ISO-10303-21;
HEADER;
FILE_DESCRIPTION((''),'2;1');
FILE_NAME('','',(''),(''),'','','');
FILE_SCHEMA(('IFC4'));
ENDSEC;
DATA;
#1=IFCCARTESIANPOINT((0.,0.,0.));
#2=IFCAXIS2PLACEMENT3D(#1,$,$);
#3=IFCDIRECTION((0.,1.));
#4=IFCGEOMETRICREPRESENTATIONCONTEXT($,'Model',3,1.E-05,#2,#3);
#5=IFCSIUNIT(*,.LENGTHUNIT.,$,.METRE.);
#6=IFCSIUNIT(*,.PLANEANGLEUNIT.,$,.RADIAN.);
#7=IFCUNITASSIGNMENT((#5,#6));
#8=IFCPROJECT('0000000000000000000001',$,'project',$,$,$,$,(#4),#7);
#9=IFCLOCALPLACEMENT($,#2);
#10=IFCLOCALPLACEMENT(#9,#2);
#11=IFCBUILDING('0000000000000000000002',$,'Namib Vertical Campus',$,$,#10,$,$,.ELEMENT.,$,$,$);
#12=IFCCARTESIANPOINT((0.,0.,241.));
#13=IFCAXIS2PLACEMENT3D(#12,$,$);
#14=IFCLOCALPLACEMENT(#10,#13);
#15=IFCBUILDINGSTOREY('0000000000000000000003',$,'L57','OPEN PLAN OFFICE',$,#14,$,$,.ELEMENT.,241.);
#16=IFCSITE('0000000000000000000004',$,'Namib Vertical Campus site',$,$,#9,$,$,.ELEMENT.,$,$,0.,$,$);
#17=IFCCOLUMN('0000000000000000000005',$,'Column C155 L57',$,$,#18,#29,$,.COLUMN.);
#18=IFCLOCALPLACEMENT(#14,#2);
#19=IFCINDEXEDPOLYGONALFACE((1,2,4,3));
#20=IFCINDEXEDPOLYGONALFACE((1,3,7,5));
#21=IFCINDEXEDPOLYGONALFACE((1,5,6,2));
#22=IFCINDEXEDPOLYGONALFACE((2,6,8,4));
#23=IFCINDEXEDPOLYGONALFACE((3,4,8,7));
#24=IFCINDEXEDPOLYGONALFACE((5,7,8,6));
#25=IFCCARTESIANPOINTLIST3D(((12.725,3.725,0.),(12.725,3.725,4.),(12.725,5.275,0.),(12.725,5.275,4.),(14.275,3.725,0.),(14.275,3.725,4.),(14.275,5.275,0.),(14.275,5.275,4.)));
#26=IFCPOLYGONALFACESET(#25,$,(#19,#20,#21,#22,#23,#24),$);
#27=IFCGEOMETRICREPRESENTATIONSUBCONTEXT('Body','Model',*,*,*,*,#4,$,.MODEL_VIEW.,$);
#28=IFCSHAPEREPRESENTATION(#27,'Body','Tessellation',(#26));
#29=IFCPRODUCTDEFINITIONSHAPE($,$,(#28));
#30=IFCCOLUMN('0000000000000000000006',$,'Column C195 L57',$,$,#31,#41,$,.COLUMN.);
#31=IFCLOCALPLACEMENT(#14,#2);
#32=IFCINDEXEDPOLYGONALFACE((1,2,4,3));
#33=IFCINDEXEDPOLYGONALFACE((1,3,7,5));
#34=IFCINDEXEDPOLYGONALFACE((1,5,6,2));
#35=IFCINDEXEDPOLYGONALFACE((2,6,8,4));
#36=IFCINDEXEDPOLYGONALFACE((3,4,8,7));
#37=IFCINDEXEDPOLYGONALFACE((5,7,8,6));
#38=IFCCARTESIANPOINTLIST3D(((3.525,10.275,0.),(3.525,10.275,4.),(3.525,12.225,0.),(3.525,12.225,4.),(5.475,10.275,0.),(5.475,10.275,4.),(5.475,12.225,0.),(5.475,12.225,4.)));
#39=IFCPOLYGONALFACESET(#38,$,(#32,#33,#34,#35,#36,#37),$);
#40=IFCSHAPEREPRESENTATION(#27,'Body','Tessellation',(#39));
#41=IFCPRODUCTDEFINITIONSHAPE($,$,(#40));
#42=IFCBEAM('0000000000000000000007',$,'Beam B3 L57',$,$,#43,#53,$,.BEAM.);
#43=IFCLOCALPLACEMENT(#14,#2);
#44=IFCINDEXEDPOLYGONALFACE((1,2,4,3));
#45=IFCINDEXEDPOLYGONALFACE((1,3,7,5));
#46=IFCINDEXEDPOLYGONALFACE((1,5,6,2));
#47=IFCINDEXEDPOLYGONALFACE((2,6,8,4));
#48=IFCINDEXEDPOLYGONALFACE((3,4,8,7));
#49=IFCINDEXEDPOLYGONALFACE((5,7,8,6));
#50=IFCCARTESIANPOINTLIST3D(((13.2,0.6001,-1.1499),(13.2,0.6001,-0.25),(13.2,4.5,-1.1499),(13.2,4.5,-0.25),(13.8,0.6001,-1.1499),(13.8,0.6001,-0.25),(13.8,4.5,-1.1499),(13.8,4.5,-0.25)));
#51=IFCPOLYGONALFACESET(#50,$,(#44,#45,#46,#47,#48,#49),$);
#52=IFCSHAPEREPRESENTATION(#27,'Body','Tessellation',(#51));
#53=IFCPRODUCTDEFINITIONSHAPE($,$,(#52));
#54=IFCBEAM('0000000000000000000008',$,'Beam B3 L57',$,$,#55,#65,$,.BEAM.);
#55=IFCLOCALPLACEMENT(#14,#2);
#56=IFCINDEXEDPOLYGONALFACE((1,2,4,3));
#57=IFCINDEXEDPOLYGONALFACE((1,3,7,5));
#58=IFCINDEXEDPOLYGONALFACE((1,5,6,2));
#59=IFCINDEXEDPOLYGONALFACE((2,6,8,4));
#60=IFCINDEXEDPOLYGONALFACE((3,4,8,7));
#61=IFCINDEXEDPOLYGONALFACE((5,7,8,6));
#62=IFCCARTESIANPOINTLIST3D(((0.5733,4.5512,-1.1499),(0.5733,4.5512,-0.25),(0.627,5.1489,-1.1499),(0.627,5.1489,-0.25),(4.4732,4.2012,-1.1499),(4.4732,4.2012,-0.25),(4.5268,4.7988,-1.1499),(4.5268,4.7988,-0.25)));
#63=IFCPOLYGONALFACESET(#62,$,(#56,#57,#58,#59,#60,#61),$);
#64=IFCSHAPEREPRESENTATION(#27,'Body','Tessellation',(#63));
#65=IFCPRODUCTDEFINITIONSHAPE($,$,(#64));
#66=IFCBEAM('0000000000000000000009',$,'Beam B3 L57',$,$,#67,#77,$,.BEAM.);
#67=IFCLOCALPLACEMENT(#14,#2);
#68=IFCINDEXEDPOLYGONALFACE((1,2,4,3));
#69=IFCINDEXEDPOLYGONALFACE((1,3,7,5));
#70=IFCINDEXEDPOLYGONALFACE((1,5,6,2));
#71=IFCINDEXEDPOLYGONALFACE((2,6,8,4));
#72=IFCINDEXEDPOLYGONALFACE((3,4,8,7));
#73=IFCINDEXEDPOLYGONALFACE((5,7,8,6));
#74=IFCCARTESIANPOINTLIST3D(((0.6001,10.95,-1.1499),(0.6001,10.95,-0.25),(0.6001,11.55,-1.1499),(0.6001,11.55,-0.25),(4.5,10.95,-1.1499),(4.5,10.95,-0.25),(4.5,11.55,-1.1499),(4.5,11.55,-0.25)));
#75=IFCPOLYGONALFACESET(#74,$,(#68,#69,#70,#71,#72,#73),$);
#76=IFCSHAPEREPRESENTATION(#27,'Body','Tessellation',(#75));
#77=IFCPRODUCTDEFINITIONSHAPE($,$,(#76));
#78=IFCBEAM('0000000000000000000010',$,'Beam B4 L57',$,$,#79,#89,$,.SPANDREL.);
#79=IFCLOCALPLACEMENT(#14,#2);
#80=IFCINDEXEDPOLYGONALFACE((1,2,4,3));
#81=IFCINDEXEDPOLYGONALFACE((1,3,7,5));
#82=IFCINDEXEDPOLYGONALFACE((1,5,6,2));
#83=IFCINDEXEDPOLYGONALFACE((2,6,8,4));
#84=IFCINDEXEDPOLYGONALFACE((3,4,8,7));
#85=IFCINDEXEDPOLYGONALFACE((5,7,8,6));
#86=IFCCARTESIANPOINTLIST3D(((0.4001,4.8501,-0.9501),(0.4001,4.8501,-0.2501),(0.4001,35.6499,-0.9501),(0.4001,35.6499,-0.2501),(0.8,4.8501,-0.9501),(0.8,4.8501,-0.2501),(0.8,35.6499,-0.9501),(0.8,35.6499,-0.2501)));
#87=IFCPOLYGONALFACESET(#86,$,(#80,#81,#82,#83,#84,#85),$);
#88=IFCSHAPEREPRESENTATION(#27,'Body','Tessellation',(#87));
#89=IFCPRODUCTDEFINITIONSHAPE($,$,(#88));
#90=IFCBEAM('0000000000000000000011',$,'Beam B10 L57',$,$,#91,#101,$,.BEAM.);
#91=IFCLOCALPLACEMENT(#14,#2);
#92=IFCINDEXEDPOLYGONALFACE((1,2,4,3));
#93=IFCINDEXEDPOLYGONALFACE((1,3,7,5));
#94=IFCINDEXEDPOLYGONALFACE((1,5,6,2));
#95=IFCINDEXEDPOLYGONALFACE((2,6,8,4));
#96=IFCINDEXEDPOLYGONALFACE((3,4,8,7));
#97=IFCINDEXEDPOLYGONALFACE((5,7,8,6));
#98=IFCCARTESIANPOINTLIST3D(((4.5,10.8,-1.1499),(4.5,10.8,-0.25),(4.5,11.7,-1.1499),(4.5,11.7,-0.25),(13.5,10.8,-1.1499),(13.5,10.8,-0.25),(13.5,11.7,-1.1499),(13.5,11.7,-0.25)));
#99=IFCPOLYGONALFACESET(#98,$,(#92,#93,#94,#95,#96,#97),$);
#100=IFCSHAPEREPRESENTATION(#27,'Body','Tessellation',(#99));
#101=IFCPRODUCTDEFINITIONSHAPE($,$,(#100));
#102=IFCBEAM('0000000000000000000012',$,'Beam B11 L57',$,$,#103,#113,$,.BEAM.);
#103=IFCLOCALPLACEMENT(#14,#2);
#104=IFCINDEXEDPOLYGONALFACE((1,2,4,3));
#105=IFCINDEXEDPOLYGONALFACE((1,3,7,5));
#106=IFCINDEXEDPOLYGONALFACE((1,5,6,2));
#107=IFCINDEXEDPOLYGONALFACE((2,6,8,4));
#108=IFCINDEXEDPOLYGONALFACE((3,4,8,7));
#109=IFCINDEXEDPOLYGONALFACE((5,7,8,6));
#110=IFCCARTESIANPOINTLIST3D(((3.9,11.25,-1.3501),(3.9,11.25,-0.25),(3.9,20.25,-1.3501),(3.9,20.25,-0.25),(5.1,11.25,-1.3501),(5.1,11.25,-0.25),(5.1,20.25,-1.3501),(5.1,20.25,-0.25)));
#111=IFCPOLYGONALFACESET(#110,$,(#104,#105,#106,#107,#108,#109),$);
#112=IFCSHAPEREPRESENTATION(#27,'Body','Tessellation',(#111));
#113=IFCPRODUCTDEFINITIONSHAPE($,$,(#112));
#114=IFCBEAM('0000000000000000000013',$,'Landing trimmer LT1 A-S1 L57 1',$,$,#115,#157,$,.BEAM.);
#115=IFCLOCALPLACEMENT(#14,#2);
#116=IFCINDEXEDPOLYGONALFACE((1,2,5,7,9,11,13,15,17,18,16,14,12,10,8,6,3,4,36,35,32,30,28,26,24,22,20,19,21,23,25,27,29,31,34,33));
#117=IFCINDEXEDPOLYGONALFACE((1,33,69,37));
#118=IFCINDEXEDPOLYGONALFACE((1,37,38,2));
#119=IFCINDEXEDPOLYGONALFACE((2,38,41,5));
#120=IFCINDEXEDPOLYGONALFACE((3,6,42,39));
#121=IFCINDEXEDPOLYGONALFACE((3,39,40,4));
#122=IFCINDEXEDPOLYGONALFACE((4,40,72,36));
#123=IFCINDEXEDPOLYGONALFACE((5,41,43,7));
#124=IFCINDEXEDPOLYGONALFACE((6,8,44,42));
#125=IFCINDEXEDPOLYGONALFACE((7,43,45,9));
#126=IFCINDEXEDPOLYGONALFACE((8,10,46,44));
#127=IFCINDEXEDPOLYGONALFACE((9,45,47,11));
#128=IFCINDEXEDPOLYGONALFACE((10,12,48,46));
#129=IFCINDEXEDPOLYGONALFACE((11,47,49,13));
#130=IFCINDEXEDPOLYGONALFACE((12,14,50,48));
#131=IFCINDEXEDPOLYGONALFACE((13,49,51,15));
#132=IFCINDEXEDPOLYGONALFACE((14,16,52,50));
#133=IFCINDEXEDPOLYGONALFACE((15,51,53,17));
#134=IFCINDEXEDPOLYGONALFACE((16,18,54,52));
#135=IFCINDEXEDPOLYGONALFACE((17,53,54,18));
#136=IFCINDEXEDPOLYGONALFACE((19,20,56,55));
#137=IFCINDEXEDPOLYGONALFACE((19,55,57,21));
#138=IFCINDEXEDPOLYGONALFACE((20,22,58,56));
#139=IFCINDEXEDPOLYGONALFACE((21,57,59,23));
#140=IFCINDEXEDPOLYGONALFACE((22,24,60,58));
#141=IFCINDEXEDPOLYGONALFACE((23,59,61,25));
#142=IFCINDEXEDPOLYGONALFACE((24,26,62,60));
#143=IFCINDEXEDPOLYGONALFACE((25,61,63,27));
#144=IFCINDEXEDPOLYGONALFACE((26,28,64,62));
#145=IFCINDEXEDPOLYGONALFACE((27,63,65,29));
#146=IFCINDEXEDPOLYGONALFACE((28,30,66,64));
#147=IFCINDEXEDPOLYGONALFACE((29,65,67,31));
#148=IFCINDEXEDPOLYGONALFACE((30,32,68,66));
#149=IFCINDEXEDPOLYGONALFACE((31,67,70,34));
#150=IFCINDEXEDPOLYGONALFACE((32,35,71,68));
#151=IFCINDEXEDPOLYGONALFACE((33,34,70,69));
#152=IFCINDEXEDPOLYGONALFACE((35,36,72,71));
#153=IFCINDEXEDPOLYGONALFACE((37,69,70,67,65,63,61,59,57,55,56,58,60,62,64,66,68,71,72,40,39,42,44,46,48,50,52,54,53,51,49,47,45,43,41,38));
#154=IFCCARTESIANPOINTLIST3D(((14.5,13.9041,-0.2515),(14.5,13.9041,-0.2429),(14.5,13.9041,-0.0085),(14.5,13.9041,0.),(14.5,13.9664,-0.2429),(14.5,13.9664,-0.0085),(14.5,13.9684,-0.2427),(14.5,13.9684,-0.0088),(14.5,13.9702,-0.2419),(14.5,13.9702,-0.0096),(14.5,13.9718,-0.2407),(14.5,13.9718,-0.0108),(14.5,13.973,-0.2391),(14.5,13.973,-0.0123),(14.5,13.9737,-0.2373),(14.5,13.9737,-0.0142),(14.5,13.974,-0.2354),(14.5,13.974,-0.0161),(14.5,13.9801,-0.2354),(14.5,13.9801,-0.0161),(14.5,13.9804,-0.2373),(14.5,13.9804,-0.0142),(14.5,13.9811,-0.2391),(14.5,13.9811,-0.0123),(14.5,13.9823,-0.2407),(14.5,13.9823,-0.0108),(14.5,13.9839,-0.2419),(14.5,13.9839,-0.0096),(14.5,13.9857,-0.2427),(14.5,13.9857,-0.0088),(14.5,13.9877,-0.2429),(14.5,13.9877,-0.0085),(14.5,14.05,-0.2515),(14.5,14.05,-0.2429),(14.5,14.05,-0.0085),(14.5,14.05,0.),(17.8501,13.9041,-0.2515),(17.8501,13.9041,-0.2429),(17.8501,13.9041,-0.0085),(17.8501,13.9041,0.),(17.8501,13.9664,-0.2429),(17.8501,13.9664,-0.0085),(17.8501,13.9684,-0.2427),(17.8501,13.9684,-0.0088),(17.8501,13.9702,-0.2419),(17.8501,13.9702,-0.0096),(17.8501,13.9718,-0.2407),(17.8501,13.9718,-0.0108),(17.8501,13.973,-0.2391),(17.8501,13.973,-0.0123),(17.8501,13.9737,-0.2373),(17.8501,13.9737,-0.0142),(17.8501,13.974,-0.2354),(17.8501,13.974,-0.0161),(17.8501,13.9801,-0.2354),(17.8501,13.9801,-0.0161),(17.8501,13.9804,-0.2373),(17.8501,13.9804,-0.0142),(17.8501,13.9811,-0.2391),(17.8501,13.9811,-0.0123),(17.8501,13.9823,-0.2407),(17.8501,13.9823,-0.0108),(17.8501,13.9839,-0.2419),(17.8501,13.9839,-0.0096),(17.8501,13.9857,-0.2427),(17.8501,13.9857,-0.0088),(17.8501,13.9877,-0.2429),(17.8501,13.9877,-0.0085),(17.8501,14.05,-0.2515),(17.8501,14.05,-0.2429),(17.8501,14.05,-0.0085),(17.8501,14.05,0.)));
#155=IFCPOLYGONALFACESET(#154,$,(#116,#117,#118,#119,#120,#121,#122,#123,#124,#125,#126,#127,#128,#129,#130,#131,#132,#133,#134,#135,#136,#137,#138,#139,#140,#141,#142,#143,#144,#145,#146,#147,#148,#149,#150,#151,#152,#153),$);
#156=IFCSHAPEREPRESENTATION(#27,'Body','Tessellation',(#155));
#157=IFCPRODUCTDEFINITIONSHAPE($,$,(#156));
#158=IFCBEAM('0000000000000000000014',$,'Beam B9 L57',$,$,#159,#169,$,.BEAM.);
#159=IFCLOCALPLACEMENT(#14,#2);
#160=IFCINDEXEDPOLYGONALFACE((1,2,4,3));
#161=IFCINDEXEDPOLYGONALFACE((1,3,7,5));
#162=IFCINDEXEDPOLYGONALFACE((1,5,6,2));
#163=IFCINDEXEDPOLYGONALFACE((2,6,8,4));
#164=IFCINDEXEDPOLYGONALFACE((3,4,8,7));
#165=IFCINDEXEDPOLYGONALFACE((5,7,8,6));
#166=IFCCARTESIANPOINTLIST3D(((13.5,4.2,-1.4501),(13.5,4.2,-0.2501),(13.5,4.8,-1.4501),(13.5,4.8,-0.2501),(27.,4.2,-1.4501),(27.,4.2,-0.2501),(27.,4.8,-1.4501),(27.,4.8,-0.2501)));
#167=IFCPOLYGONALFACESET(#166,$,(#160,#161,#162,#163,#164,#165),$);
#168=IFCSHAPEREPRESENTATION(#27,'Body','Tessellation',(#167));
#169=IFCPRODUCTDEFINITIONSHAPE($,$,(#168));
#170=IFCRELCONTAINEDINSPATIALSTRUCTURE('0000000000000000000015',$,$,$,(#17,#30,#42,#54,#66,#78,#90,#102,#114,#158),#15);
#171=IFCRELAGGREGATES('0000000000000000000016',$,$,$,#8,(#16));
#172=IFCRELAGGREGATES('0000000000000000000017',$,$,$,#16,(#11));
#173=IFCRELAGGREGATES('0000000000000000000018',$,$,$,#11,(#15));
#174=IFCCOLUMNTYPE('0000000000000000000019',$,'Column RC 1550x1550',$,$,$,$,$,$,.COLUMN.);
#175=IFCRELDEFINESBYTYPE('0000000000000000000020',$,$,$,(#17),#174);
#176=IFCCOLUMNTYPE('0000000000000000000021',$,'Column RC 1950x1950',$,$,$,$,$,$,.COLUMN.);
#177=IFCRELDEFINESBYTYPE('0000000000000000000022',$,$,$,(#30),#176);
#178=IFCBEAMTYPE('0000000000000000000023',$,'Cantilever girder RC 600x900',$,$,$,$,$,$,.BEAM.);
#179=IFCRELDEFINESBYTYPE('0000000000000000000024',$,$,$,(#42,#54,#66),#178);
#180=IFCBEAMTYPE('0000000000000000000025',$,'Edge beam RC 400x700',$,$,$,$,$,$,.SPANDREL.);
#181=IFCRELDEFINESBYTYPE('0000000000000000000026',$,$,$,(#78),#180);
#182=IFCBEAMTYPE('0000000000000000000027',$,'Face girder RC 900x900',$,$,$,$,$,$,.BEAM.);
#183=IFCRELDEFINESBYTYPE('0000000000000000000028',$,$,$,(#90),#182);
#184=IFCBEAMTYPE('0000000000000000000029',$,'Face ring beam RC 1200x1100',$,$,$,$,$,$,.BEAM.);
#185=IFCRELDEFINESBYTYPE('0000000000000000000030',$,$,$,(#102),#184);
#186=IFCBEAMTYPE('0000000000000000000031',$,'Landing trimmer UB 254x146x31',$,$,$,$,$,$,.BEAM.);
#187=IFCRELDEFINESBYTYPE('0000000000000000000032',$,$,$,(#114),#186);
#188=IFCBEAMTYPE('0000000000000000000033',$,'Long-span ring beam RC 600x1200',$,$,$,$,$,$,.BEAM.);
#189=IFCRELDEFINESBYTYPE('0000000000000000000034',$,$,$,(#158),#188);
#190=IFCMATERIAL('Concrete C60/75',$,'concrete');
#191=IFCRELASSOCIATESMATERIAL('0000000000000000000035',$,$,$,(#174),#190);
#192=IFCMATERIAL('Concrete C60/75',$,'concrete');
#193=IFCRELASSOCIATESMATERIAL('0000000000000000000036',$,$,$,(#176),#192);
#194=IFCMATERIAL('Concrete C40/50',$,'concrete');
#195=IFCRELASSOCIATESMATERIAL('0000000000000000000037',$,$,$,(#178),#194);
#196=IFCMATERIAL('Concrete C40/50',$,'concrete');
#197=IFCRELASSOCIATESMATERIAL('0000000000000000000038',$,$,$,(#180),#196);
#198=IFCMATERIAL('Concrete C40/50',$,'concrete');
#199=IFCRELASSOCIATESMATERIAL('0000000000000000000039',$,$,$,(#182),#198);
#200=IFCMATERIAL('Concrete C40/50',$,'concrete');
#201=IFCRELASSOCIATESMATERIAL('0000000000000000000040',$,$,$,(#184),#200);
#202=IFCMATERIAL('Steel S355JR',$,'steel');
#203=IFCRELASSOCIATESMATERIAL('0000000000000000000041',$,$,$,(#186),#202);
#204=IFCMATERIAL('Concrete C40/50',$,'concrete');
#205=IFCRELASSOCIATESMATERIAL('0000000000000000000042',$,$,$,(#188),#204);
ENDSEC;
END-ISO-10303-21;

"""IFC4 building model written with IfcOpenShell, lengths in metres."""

from ifc_helpers import new_model, si_unit, direction, frame, origin, origin_2d, place, context, subcontext, project, spatial, rectangle, i_section, extrude, material, material_profile, profile_set, type_object, element, save


model = new_model("IFC4")

# Units and contexts
model_context = context("Model", 3, precision=1e-05, world=origin(), true_north=direction((0.0, 1.0)))
body_context = subcontext(model_context, "Body", "Model", "MODEL_VIEW")
ifc_project = project(units=[si_unit("LENGTHUNIT", "METRE"), si_unit("PLANEANGLEUNIT", "RADIAN")], contexts=[model_context])

# Site, building, storey
site_placement = place(None, origin())
site = spatial("IfcSite", under=ifc_project, at=site_placement, Name="Namib Vertical Campus site", CompositionType="ELEMENT", RefElevation=0.0)
building_placement = place(site_placement, origin())
building = spatial("IfcBuilding", under=site, at=building_placement, Name="Namib Vertical Campus", CompositionType="ELEMENT")
storey_placement = place(building_placement, frame((0.0, 0.0, 241.0)))
storey = spatial("IfcBuildingStorey", under=building, at=storey_placement, Name="L57", Description="OPEN PLAN OFFICE", CompositionType="ELEMENT", Elevation=241.0)

# Columns
ifc_material_1 = material(Name="Concrete C60/75", Category="concrete")
ifc_material_profile_1 = material_profile(ifc_material_1, rectangle(XDim=1.55, YDim=1.55, at=origin_2d()))
ifc_profile_set_1 = profile_set([ifc_material_profile_1], Name="Concrete C60/75")
column_type_1 = type_object("IfcColumnType", Name="Column RC 1550x1550", PredefinedType="COLUMN", material=ifc_profile_set_1)
column_1_placement = place(storey_placement, frame((13.5, 4.5, 0.0), z_axis=(0.0, 0.0, 1.0), x_axis=(1.0, 0.0, 0.0)))
element("IfcColumn", 1, at=column_1_placement, inside=storey, type_object=column_type_1, Name="Column C155 L57", PredefinedType="COLUMN", context=body_context, shape_type="SweptSolid", body=[
    extrude(rectangle(XDim=1.55, YDim=1.55, at=origin_2d()), origin(), (0.0, 0.0, 1.0), 4.0),
])
ifc_material_2 = material(Name="Concrete C60/75", Category="concrete")
ifc_material_profile_2 = material_profile(ifc_material_2, rectangle(XDim=1.95, YDim=1.95, at=origin_2d()))
ifc_profile_set_2 = profile_set([ifc_material_profile_2], Name="Concrete C60/75")
column_type_2 = type_object("IfcColumnType", Name="Column RC 1950x1950", PredefinedType="COLUMN", material=ifc_profile_set_2)
column_2_placement = place(storey_placement, frame((4.5, 11.25, 0.0), z_axis=(0.0, 0.0, 1.0), x_axis=(1.0, 0.0, 0.0)))
element("IfcColumn", 2, at=column_2_placement, inside=storey, type_object=column_type_2, Name="Column C195 L57", PredefinedType="COLUMN", context=body_context, shape_type="SweptSolid", body=[
    extrude(rectangle(XDim=1.95, YDim=1.95, at=origin_2d()), origin(), (0.0, 0.0, 1.0), 4.0),
])

# Beams
ifc_material_3 = material(Name="Concrete C40/50", Category="concrete")
ifc_material_profile_3 = material_profile(ifc_material_3, rectangle(XDim=0.6001, YDim=0.8999, at=origin_2d()))
ifc_profile_set_3 = profile_set([ifc_material_profile_3], Name="Concrete C40/50")
beam_type_1 = type_object("IfcBeamType", Name="Cantilever girder RC 600x900", PredefinedType="BEAM", material=ifc_profile_set_3)
beam_1_placement = place(storey_placement, frame((13.5, 4.5, -0.7), z_axis=(0.0, -1.0, 0.0), x_axis=(1.0, 0.0, 0.0)))
element("IfcBeam", 3, at=beam_1_placement, inside=storey, type_object=beam_type_1, Name="Beam B3 L57", PredefinedType="BEAM", context=body_context, shape_type="SweptSolid", body=[
    extrude(rectangle(XDim=0.6001, YDim=0.8999, at=origin_2d()), origin(), (0.0, 0.0, 1.0), 3.8999),
])
beam_2_placement = place(storey_placement, frame((4.5, 4.5, -0.7), z_axis=(-0.995995, 0.089411, 0.0), x_axis=(-0.089411, -0.995995, 0.0)))
element("IfcBeam", 4, at=beam_2_placement, inside=storey, type_object=beam_type_1, Name="Beam B3 L57", PredefinedType="BEAM", context=body_context, shape_type="SweptSolid", body=[
    extrude(rectangle(XDim=0.6001, YDim=0.8999, at=origin_2d()), origin(), (0.0, 0.0, 1.0), 3.9155),
])
beam_3_placement = place(storey_placement, frame((4.5, 11.25, -0.7), z_axis=(-1.0, 0.0, 0.0), x_axis=(0.0, -1.0, 0.0)))
element("IfcBeam", 5, at=beam_3_placement, inside=storey, type_object=beam_type_1, Name="Beam B3 L57", PredefinedType="BEAM", context=body_context, shape_type="SweptSolid", body=[
    extrude(rectangle(XDim=0.6001, YDim=0.8999, at=origin_2d()), origin(), (0.0, 0.0, 1.0), 3.8999),
])
ifc_material_4 = material(Name="Concrete C40/50", Category="concrete")
ifc_material_profile_4 = material_profile(ifc_material_4, rectangle(XDim=0.3999, YDim=0.7, at=origin_2d()))
ifc_profile_set_4 = profile_set([ifc_material_profile_4], Name="Concrete C40/50")
beam_type_2 = type_object("IfcBeamType", Name="Edge beam RC 400x700", PredefinedType="SPANDREL", material=ifc_profile_set_4)
beam_4_placement = place(storey_placement, frame((0.6001, 4.8501, -0.6001), z_axis=(0.0, 1.0, 0.0), x_axis=(-1.0, 0.0, 0.0)))
element("IfcBeam", 6, at=beam_4_placement, inside=storey, type_object=beam_type_2, Name="Beam B4 L57", PredefinedType="SPANDREL", context=body_context, shape_type="SweptSolid", body=[
    extrude(rectangle(XDim=0.3999, YDim=0.7, at=origin_2d()), origin(), (0.0, 0.0, 1.0), 30.7998),
])
ifc_material_5 = material(Name="Concrete C40/50", Category="concrete")
ifc_material_profile_5 = material_profile(ifc_material_5, rectangle(XDim=0.8999, YDim=0.8999, at=origin_2d()))
ifc_profile_set_5 = profile_set([ifc_material_profile_5], Name="Concrete C40/50")
beam_type_3 = type_object("IfcBeamType", Name="Face girder RC 900x900", PredefinedType="BEAM", material=ifc_profile_set_5)
beam_5_placement = place(storey_placement, frame((4.5, 11.25, -0.7), z_axis=(1.0, 0.0, 0.0), x_axis=(0.0, 1.0, 0.0)))
element("IfcBeam", 7, at=beam_5_placement, inside=storey, type_object=beam_type_3, Name="Beam B10 L57", PredefinedType="BEAM", context=body_context, shape_type="SweptSolid", body=[
    extrude(rectangle(XDim=0.8999, YDim=0.8999, at=origin_2d()), origin(), (0.0, 0.0, 1.0), 9.0),
])
ifc_material_6 = material(Name="Concrete C40/50", Category="concrete")
ifc_material_profile_6 = material_profile(ifc_material_6, rectangle(XDim=1.2, YDim=1.1001, at=origin_2d()))
ifc_profile_set_6 = profile_set([ifc_material_profile_6], Name="Concrete C40/50")
beam_type_4 = type_object("IfcBeamType", Name="Face ring beam RC 1200x1100", PredefinedType="BEAM", material=ifc_profile_set_6)
beam_6_placement = place(storey_placement, frame((4.5, 11.25, -0.8), z_axis=(0.0, 1.0, 0.0), x_axis=(-1.0, 0.0, 0.0)))
element("IfcBeam", 8, at=beam_6_placement, inside=storey, type_object=beam_type_4, Name="Beam B11 L57", PredefinedType="BEAM", context=body_context, shape_type="SweptSolid", body=[
    extrude(rectangle(XDim=1.2, YDim=1.1001, at=origin_2d()), origin(), (0.0, 0.0, 1.0), 9.0),
])
ifc_material_7 = material(Name="Steel S355JR", Category="steel")
ifc_material_profile_7 = material_profile(ifc_material_7, i_section(OverallWidth=0.146, OverallDepth=0.2515, WebThickness=0.0061, FlangeThickness=0.0085, FilletRadius=0.0076, at=origin_2d()))
ifc_profile_set_7 = profile_set([ifc_material_profile_7], Name="Steel S355JR")
beam_type_5 = type_object("IfcBeamType", Name="Landing trimmer UB 254x146x31", PredefinedType="BEAM", material=ifc_profile_set_7)
beam_7_placement = place(storey_placement, frame((14.5, 13.9771, -0.1257), z_axis=(1.0, 0.0, 0.0), x_axis=(0.0, 1.0, 0.0)))
element("IfcBeam", 9, at=beam_7_placement, inside=storey, type_object=beam_type_5, Name="Landing trimmer LT1 A-S1 L57 1", PredefinedType="BEAM", context=body_context, shape_type="SweptSolid", body=[
    extrude(i_section(OverallWidth=0.146, OverallDepth=0.2515, WebThickness=0.0061, FlangeThickness=0.0085, FilletRadius=0.0076, at=origin_2d()), origin(), (0.0, 0.0, 1.0), 3.3501),
])
ifc_material_8 = material(Name="Concrete C40/50", Category="concrete")
ifc_material_profile_8 = material_profile(ifc_material_8, rectangle(XDim=0.6001, YDim=1.2, at=origin_2d()))
ifc_profile_set_8 = profile_set([ifc_material_profile_8], Name="Concrete C40/50")
beam_type_6 = type_object("IfcBeamType", Name="Long-span ring beam RC 600x1200", PredefinedType="BEAM", material=ifc_profile_set_8)
beam_8_placement = place(storey_placement, frame((13.5, 4.5, -0.8501), z_axis=(1.0, 0.0, 0.0), x_axis=(0.0, 1.0, 0.0)))
element("IfcBeam", 10, at=beam_8_placement, inside=storey, type_object=beam_type_6, Name="Beam B9 L57", PredefinedType="BEAM", context=body_context, shape_type="SweptSolid", body=[
    extrude(rectangle(XDim=0.6001, YDim=1.2, at=origin_2d()), origin(), (0.0, 0.0, 1.0), 13.5),
])

save(model, "model.ifc")
